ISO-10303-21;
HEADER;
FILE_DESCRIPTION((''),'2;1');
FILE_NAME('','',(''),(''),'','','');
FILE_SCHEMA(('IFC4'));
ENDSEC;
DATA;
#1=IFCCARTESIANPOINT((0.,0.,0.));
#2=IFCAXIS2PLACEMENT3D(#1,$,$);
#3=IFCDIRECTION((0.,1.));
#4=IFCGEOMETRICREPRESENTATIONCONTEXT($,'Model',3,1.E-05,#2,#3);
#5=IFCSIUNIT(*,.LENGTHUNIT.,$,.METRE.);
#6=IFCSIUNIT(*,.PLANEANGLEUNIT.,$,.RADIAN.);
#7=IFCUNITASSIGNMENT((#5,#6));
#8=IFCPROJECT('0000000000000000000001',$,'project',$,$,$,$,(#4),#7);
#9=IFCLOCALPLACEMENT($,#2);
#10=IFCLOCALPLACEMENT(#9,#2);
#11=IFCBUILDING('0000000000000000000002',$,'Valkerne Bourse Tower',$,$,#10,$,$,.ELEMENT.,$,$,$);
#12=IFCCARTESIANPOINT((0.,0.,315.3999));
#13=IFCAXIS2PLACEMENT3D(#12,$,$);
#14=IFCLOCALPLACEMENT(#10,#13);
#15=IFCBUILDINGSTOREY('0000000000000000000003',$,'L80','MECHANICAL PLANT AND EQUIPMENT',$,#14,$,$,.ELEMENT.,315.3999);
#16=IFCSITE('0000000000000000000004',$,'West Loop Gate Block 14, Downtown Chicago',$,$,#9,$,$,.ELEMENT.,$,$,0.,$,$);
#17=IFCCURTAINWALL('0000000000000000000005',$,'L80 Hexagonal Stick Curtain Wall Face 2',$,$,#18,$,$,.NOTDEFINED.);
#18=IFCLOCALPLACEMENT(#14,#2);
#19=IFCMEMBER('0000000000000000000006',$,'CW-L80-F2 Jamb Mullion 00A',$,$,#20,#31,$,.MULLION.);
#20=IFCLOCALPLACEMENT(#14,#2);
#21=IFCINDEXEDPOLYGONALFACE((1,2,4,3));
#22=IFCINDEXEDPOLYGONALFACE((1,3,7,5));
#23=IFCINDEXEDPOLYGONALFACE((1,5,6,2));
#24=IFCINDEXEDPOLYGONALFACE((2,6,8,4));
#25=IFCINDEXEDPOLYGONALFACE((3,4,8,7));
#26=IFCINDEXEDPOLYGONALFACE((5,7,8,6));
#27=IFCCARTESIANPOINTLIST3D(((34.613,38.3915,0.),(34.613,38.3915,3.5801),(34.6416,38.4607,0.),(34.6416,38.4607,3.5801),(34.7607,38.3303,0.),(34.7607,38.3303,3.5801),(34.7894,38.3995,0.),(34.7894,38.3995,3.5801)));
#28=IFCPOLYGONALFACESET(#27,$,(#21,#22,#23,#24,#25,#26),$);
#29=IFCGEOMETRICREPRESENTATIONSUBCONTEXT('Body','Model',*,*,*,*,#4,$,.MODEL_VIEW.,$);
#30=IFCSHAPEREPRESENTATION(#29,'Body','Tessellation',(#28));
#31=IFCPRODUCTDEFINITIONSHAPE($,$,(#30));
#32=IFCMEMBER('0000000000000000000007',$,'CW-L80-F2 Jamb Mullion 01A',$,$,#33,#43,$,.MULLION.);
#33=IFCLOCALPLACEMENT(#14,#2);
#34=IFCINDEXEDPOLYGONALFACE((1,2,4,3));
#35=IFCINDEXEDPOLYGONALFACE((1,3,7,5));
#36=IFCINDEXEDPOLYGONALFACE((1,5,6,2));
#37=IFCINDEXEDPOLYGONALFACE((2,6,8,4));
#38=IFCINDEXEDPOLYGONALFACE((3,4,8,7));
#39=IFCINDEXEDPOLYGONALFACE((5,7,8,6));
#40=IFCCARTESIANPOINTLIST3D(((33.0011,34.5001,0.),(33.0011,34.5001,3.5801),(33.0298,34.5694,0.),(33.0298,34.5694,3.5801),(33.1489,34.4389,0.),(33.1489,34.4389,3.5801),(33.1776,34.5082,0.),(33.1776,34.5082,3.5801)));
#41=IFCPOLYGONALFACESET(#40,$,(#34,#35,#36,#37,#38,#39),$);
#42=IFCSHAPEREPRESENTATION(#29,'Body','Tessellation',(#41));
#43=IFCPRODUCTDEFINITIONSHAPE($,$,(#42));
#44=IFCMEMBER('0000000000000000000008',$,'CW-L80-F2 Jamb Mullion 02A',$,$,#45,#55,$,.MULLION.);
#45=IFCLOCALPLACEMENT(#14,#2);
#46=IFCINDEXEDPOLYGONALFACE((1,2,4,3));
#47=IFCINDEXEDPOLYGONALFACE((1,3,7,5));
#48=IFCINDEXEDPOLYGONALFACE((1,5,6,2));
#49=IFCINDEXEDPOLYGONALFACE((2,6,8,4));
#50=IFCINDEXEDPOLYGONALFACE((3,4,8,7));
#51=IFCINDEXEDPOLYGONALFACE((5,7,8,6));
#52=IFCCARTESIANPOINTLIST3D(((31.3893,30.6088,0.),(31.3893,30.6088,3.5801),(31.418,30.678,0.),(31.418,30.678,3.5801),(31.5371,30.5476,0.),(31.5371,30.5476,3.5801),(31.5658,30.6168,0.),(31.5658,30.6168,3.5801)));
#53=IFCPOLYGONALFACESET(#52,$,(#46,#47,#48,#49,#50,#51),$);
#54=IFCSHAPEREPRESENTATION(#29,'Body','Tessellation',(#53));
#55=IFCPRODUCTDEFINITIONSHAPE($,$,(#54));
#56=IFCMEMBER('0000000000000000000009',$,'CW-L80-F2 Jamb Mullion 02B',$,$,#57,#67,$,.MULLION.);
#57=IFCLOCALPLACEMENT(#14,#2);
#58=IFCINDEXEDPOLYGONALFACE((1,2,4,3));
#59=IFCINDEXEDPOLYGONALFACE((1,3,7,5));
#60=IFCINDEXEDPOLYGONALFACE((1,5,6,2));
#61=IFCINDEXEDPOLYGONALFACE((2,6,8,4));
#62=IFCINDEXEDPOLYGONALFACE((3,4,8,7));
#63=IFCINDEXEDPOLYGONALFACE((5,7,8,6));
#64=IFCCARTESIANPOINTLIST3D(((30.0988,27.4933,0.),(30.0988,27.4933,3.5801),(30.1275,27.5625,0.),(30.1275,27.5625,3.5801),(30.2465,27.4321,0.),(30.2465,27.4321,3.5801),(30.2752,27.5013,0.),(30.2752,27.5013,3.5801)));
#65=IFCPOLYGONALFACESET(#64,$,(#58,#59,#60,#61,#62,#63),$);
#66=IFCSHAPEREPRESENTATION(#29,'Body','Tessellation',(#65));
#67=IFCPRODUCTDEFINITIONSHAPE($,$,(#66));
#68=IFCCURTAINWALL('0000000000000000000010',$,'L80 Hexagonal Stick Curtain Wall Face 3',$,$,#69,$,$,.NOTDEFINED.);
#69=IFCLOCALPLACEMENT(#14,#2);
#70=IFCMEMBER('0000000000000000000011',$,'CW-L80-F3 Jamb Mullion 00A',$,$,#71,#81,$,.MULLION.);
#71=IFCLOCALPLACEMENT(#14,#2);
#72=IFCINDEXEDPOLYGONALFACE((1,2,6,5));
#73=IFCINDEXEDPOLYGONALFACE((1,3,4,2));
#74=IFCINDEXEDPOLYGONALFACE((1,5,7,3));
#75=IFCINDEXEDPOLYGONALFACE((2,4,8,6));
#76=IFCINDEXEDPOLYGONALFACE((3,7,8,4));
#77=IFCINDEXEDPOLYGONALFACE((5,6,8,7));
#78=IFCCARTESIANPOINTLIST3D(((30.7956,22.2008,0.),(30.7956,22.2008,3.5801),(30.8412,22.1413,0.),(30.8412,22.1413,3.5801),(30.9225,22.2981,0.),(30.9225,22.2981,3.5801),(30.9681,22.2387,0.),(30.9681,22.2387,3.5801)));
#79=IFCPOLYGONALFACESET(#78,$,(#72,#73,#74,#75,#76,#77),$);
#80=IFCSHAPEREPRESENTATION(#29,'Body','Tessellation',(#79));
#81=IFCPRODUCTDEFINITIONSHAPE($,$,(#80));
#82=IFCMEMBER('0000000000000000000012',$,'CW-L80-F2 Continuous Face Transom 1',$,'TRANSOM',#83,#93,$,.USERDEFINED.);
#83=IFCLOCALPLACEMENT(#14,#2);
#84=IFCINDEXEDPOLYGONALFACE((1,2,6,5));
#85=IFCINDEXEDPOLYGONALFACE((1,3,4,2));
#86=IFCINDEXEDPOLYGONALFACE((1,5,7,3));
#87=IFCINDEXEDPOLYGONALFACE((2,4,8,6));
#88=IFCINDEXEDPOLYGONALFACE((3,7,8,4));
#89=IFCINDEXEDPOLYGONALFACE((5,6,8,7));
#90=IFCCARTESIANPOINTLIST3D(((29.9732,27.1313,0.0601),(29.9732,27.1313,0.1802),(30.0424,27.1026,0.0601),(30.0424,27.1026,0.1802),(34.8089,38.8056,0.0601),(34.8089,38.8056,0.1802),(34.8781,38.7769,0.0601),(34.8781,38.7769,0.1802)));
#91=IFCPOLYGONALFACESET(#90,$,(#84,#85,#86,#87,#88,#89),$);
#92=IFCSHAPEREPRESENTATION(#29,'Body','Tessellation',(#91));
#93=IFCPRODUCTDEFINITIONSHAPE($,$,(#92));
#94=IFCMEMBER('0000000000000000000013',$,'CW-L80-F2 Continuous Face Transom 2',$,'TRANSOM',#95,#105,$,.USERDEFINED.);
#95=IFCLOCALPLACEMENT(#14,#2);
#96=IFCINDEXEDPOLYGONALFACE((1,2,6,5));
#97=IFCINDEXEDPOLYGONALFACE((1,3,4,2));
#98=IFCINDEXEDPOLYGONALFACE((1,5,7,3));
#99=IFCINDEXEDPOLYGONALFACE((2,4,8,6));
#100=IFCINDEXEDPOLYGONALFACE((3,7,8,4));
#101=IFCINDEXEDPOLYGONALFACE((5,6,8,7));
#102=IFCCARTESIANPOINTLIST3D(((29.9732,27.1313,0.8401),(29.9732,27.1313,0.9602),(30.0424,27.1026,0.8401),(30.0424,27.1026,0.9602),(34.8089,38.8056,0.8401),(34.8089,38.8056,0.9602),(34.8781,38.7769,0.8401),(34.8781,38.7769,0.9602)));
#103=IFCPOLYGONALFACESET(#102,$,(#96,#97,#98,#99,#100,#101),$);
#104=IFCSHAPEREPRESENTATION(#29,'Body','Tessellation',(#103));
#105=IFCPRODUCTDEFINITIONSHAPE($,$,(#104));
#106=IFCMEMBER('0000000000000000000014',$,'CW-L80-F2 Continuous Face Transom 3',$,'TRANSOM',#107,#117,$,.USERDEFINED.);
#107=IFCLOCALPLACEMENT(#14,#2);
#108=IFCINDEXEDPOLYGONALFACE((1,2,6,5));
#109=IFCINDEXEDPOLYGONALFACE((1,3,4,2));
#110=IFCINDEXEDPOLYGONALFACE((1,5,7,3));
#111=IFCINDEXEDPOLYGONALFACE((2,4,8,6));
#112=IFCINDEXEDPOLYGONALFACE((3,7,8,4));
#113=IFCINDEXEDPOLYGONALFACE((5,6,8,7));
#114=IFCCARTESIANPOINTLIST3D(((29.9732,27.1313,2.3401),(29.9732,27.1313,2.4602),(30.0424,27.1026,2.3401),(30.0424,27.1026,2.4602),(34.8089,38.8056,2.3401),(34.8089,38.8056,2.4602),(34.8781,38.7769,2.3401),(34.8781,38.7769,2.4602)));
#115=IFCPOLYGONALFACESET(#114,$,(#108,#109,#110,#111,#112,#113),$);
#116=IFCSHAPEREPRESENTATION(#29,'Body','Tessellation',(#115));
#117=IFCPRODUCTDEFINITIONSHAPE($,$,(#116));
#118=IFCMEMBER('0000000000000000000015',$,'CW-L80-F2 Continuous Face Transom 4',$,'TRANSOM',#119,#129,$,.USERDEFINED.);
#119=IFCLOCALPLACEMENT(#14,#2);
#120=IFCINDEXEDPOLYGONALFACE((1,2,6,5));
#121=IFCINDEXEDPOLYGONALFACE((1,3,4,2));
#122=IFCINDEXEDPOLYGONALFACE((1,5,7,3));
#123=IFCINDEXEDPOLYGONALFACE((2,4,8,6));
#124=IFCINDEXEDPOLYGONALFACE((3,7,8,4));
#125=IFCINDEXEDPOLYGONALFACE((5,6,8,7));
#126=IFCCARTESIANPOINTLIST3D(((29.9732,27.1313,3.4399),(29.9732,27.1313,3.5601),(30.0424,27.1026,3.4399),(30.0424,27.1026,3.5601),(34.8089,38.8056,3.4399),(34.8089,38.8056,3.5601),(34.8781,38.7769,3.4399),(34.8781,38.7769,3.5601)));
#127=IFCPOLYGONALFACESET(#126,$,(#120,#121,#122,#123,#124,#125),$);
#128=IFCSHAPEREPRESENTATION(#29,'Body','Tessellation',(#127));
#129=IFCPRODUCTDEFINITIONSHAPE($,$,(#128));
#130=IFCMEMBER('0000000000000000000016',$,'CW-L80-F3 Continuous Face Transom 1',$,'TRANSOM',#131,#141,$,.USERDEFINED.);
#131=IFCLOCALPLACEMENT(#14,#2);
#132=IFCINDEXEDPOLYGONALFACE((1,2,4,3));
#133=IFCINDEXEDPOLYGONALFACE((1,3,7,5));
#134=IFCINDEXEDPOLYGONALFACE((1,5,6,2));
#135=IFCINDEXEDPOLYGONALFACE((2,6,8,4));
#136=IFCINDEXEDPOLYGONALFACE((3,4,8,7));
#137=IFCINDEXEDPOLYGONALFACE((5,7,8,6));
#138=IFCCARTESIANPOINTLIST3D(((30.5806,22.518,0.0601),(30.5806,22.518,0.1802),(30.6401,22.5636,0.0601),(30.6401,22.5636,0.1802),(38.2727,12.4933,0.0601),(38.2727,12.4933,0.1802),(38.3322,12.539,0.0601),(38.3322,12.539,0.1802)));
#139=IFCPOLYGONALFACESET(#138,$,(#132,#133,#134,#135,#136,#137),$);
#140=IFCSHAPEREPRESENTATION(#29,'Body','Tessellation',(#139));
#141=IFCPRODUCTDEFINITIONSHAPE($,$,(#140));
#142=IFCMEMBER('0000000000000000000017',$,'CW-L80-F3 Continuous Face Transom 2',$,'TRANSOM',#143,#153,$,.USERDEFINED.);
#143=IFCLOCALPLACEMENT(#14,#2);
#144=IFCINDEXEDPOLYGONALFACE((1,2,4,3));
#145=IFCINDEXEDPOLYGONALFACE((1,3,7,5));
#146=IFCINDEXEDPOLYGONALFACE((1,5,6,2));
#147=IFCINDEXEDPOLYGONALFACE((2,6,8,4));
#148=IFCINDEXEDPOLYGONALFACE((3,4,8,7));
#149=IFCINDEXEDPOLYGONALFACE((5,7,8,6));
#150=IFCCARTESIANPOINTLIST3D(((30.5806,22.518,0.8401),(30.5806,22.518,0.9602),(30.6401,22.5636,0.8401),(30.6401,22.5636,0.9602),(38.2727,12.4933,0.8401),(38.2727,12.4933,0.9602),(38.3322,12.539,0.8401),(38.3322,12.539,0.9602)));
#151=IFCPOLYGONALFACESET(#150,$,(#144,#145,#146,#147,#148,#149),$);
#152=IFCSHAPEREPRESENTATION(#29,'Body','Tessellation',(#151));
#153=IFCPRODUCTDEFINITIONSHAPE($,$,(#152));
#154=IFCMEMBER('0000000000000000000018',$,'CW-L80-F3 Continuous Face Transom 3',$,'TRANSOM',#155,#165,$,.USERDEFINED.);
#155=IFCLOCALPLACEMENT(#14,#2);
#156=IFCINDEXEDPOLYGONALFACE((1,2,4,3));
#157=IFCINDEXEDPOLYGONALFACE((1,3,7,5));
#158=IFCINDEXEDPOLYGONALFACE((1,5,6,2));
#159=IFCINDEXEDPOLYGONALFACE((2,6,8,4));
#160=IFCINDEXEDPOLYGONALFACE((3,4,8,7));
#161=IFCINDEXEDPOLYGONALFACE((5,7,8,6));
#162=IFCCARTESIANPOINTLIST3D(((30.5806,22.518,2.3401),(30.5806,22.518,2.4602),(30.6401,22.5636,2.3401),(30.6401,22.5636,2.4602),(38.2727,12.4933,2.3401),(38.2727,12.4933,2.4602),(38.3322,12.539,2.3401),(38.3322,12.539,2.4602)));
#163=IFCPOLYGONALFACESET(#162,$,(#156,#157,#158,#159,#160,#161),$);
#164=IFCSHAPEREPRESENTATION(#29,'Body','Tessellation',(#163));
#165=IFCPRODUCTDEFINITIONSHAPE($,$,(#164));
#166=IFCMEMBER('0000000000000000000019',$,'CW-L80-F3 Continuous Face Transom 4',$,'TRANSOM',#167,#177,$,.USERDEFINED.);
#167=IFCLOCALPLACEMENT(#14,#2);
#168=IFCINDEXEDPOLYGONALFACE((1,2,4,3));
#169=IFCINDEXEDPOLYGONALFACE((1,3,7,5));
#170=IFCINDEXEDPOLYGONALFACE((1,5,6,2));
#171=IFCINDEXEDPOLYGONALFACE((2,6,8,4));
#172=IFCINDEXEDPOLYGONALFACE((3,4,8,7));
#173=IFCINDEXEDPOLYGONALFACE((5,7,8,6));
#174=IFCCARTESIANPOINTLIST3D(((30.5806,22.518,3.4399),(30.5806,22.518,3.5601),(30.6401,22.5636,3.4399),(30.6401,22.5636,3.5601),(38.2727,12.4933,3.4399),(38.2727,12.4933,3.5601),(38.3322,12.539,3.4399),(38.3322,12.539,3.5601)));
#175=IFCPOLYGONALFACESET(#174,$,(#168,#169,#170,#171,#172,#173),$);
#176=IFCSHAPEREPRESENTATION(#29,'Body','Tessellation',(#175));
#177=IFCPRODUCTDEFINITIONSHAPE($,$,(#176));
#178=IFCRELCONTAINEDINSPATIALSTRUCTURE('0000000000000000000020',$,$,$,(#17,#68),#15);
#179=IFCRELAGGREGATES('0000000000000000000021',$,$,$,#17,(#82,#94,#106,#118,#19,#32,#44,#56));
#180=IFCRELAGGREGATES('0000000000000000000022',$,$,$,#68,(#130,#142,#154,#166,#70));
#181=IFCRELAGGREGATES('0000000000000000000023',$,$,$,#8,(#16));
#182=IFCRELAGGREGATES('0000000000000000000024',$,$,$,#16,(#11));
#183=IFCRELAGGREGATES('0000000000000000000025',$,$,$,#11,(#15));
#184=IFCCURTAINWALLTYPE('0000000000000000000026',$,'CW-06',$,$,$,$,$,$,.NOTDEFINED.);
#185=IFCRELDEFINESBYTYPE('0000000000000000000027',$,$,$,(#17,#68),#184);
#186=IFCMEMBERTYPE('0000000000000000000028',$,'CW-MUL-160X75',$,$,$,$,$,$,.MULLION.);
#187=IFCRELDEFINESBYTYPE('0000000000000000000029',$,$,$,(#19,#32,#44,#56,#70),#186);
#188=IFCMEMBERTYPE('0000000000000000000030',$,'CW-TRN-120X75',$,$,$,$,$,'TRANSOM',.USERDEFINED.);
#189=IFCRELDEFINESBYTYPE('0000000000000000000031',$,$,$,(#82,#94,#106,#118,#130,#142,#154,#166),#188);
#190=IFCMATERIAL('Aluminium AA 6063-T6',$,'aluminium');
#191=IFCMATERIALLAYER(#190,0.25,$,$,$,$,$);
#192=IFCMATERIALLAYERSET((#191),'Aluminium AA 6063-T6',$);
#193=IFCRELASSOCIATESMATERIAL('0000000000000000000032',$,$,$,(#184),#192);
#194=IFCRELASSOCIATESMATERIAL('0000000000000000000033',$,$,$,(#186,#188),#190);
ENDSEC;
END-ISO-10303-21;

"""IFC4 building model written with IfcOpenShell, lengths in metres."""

from ifc_helpers import new_model, si_unit, direction, frame, origin, origin_2d, place, context, subcontext, project, spatial, rectangle, extrude, material, layer, layer_set, material_profile, profile_set, type_object, element, aggregate, save


model = new_model("IFC4")

# Units and contexts
model_context = context("Model", 3, precision=1e-05, world=origin(), true_north=direction((0.0, 1.0)))
body_context = subcontext(model_context, "Body", "Model", "MODEL_VIEW")
ifc_project = project(units=[si_unit("LENGTHUNIT", "METRE"), si_unit("PLANEANGLEUNIT", "RADIAN")], contexts=[model_context])

# Site, building, storey
site_placement = place(None, origin())
site = spatial("IfcSite", under=ifc_project, at=site_placement, Name="West Loop Gate Block 14, Downtown Chicago", CompositionType="ELEMENT", RefElevation=0.0)
building_placement = place(site_placement, origin())
building = spatial("IfcBuilding", under=site, at=building_placement, Name="Valkerne Bourse Tower", CompositionType="ELEMENT")
storey_placement = place(building_placement, frame((0.0, 0.0, 315.3999)))
storey = spatial("IfcBuildingStorey", under=building, at=storey_placement, Name="L80", Description="MECHANICAL PLANT AND EQUIPMENT", CompositionType="ELEMENT", Elevation=315.3999)

# Curtain wall, members
ifc_material_1 = material(Name="Aluminium AA 6063-T6", Category="aluminium")
ifc_layer_1 = layer(ifc_material_1, 0.25)
ifc_layer_set_1 = layer_set([ifc_layer_1], Name="Aluminium AA 6063-T6")
curtain_wall_type = type_object("IfcCurtainWallType", Name="CW-06", PredefinedType="NOTDEFINED", material=ifc_layer_set_1)
curtain_wall_1_placement = place(storey_placement, origin())
curtain_wall_1 = element("IfcCurtainWall", 1, at=curtain_wall_1_placement, inside=storey, type_object=curtain_wall_type, Name="L80 Hexagonal Stick Curtain Wall Face 2", PredefinedType="NOTDEFINED")
ifc_material_profile_1 = material_profile(ifc_material_1, rectangle(XDim=0.075, YDim=0.1599, at=origin_2d()), Name="CWM-75X160")
ifc_profile_set_1 = profile_set([ifc_material_profile_1], Name="Aluminium AA 6063-T6")
member_type_1 = type_object("IfcMemberType", Name="CW-MUL-160X75", PredefinedType="MULLION", material=ifc_profile_set_1)
member_1_placement = place(storey_placement, frame((34.7012, 38.3955, 0.0), z_axis=(0.0, 0.0, 1.0), x_axis=(-0.382689, -0.923877, 0.0)))
member_1 = element("IfcMember", 2, at=member_1_placement, type_object=member_type_1, Name="CW-L80-F2 Jamb Mullion 00A", PredefinedType="MULLION", context=body_context, shape_type="SweptSolid", body=[
    extrude(rectangle(XDim=0.075, YDim=0.1599, at=origin_2d()), origin(), (0.0, 0.0, 1.0), 3.5801),
])
member_2_placement = place(storey_placement, frame((33.0894, 34.5042, 0.0), z_axis=(0.0, 0.0, 1.0), x_axis=(-0.382669, -0.923885, 0.0)))
member_2 = element("IfcMember", 3, at=member_2_placement, type_object=member_type_1, Name="CW-L80-F2 Jamb Mullion 01A", PredefinedType="MULLION", context=body_context, shape_type="SweptSolid", body=[
    extrude(rectangle(XDim=0.075, YDim=0.1599, at=origin_2d()), origin(), (0.0, 0.0, 1.0), 3.5801),
])
member_3_placement = place(storey_placement, frame((31.4775, 30.6128, 0.0), z_axis=(0.0, 0.0, 1.0), x_axis=(-0.382689, -0.923877, 0.0)))
member_3 = element("IfcMember", 4, at=member_3_placement, type_object=member_type_1, Name="CW-L80-F2 Jamb Mullion 02A", PredefinedType="MULLION", context=body_context, shape_type="SweptSolid", body=[
    extrude(rectangle(XDim=0.075, YDim=0.1599, at=origin_2d()), origin(), (0.0, 0.0, 1.0), 3.5801),
])
member_4_placement = place(storey_placement, frame((30.187, 27.4973, 0.0), z_axis=(0.0, 0.0, 1.0), x_axis=(-0.382689, -0.923877, 0.0)))
member_4 = element("IfcMember", 5, at=member_4_placement, type_object=member_type_1, Name="CW-L80-F2 Jamb Mullion 02B", PredefinedType="MULLION", context=body_context, shape_type="SweptSolid", body=[
    extrude(rectangle(XDim=0.075, YDim=0.1599, at=origin_2d()), origin(), (0.0, 0.0, 1.0), 3.5801),
])

# Curtain wall, member
curtain_wall_2_placement = place(storey_placement, origin())
curtain_wall_2 = element("IfcCurtainWall", 6, at=curtain_wall_2_placement, inside=storey, type_object=curtain_wall_type, Name="L80 Hexagonal Stick Curtain Wall Face 3", PredefinedType="NOTDEFINED")
member_5_placement = place(storey_placement, frame((30.8818, 22.2197, 0.0), z_axis=(0.0, 0.0, 1.0), x_axis=(0.608761, -0.793353, 0.0)))
member_5 = element("IfcMember", 7, at=member_5_placement, type_object=member_type_1, Name="CW-L80-F3 Jamb Mullion 00A", PredefinedType="MULLION", context=body_context, shape_type="SweptSolid", body=[
    extrude(rectangle(XDim=0.075, YDim=0.1599, at=origin_2d()), origin(), (0.0, 0.0, 1.0), 3.5801),
])

# Members
ifc_material_profile_2 = material_profile(ifc_material_1, rectangle(XDim=0.075, YDim=0.1201, at=origin_2d()), Name="CWT-75X120")
ifc_profile_set_2 = profile_set([ifc_material_profile_2], Name="Aluminium AA 6063-T6")
member_type_2 = type_object("IfcMemberType", Name="CW-TRN-120X75", ElementType="TRANSOM", PredefinedType="USERDEFINED", material=ifc_profile_set_2)
member_6_placement = place(storey_placement, frame((34.8435, 38.7913, 0.1201), z_axis=(-0.382686, -0.923879, 0.0), x_axis=(0.923879, -0.382686, 0.0)))
member_6 = element("IfcMember", 8, at=member_6_placement, type_object=member_type_2, Name="CW-L80-F2 Continuous Face Transom 1", ObjectType="TRANSOM", PredefinedType="USERDEFINED", context=body_context, shape_type="SweptSolid", body=[
    extrude(rectangle(XDim=0.075, YDim=0.1201, at=origin_2d()), origin(), (0.0, 0.0, 1.0), 12.6362),
])
member_7_placement = place(storey_placement, frame((34.8435, 38.7913, 0.9001), z_axis=(-0.382686, -0.923879, 0.0), x_axis=(0.923879, -0.382686, 0.0)))
member_7 = element("IfcMember", 9, at=member_7_placement, type_object=member_type_2, Name="CW-L80-F2 Continuous Face Transom 2", ObjectType="TRANSOM", PredefinedType="USERDEFINED", context=body_context, shape_type="SweptSolid", body=[
    extrude(rectangle(XDim=0.075, YDim=0.1201, at=origin_2d()), origin(), (0.0, 0.0, 1.0), 12.6362),
])
member_8_placement = place(storey_placement, frame((34.8435, 38.7913, 2.4001), z_axis=(-0.382686, -0.923879, 0.0), x_axis=(0.923879, -0.382686, 0.0)))
member_8 = element("IfcMember", 10, at=member_8_placement, type_object=member_type_2, Name="CW-L80-F2 Continuous Face Transom 3", ObjectType="TRANSOM", PredefinedType="USERDEFINED", context=body_context, shape_type="SweptSolid", body=[
    extrude(rectangle(XDim=0.075, YDim=0.1201, at=origin_2d()), origin(), (0.0, 0.0, 1.0), 12.6362),
])
member_9_placement = place(storey_placement, frame((34.8435, 38.7913, 3.5), z_axis=(-0.382686, -0.923879, 0.0), x_axis=(0.923879, -0.382686, 0.0)))
member_9 = element("IfcMember", 11, at=member_9_placement, type_object=member_type_2, Name="CW-L80-F2 Continuous Face Transom 4", ObjectType="TRANSOM", PredefinedType="USERDEFINED", context=body_context, shape_type="SweptSolid", body=[
    extrude(rectangle(XDim=0.075, YDim=0.1201, at=origin_2d()), origin(), (0.0, 0.0, 1.0), 12.6362),
])
member_10_placement = place(storey_placement, frame((30.6104, 22.5408, 0.1201), z_axis=(0.608759, -0.793355, 0.0), x_axis=(0.793355, 0.608759, 0.0)))
member_10 = element("IfcMember", 12, at=member_10_placement, type_object=member_type_2, Name="CW-L80-F3 Continuous Face Transom 1", ObjectType="TRANSOM", PredefinedType="USERDEFINED", context=body_context, shape_type="SweptSolid", body=[
    extrude(rectangle(XDim=0.075, YDim=0.1201, at=origin_2d()), origin(), (0.0, 0.0, 1.0), 12.6357),
])
member_11_placement = place(storey_placement, frame((30.6104, 22.5408, 0.9001), z_axis=(0.608759, -0.793355, 0.0), x_axis=(0.793355, 0.608759, 0.0)))
member_11 = element("IfcMember", 13, at=member_11_placement, type_object=member_type_2, Name="CW-L80-F3 Continuous Face Transom 2", ObjectType="TRANSOM", PredefinedType="USERDEFINED", context=body_context, shape_type="SweptSolid", body=[
    extrude(rectangle(XDim=0.075, YDim=0.1201, at=origin_2d()), origin(), (0.0, 0.0, 1.0), 12.6357),
])
member_12_placement = place(storey_placement, frame((30.6104, 22.5408, 2.4001), z_axis=(0.608759, -0.793355, 0.0), x_axis=(0.793355, 0.608759, 0.0)))
member_12 = element("IfcMember", 14, at=member_12_placement, type_object=member_type_2, Name="CW-L80-F3 Continuous Face Transom 3", ObjectType="TRANSOM", PredefinedType="USERDEFINED", context=body_context, shape_type="SweptSolid", body=[
    extrude(rectangle(XDim=0.075, YDim=0.1201, at=origin_2d()), origin(), (0.0, 0.0, 1.0), 12.6357),
])
member_13_placement = place(storey_placement, frame((30.6104, 22.5408, 3.5), z_axis=(0.608759, -0.793355, 0.0), x_axis=(0.793355, 0.608759, 0.0)))
member_13 = element("IfcMember", 15, at=member_13_placement, type_object=member_type_2, Name="CW-L80-F3 Continuous Face Transom 4", ObjectType="TRANSOM", PredefinedType="USERDEFINED", context=body_context, shape_type="SweptSolid", body=[
    extrude(rectangle(XDim=0.075, YDim=0.1201, at=origin_2d()), origin(), (0.0, 0.0, 1.0), 12.6357),
])

aggregate(curtain_wall_1, [member_6, member_7, member_8, member_9, member_1, member_2, member_3, member_4])
aggregate(curtain_wall_2, [member_10, member_11, member_12, member_13, member_5])

save(model, "model.ifc")
